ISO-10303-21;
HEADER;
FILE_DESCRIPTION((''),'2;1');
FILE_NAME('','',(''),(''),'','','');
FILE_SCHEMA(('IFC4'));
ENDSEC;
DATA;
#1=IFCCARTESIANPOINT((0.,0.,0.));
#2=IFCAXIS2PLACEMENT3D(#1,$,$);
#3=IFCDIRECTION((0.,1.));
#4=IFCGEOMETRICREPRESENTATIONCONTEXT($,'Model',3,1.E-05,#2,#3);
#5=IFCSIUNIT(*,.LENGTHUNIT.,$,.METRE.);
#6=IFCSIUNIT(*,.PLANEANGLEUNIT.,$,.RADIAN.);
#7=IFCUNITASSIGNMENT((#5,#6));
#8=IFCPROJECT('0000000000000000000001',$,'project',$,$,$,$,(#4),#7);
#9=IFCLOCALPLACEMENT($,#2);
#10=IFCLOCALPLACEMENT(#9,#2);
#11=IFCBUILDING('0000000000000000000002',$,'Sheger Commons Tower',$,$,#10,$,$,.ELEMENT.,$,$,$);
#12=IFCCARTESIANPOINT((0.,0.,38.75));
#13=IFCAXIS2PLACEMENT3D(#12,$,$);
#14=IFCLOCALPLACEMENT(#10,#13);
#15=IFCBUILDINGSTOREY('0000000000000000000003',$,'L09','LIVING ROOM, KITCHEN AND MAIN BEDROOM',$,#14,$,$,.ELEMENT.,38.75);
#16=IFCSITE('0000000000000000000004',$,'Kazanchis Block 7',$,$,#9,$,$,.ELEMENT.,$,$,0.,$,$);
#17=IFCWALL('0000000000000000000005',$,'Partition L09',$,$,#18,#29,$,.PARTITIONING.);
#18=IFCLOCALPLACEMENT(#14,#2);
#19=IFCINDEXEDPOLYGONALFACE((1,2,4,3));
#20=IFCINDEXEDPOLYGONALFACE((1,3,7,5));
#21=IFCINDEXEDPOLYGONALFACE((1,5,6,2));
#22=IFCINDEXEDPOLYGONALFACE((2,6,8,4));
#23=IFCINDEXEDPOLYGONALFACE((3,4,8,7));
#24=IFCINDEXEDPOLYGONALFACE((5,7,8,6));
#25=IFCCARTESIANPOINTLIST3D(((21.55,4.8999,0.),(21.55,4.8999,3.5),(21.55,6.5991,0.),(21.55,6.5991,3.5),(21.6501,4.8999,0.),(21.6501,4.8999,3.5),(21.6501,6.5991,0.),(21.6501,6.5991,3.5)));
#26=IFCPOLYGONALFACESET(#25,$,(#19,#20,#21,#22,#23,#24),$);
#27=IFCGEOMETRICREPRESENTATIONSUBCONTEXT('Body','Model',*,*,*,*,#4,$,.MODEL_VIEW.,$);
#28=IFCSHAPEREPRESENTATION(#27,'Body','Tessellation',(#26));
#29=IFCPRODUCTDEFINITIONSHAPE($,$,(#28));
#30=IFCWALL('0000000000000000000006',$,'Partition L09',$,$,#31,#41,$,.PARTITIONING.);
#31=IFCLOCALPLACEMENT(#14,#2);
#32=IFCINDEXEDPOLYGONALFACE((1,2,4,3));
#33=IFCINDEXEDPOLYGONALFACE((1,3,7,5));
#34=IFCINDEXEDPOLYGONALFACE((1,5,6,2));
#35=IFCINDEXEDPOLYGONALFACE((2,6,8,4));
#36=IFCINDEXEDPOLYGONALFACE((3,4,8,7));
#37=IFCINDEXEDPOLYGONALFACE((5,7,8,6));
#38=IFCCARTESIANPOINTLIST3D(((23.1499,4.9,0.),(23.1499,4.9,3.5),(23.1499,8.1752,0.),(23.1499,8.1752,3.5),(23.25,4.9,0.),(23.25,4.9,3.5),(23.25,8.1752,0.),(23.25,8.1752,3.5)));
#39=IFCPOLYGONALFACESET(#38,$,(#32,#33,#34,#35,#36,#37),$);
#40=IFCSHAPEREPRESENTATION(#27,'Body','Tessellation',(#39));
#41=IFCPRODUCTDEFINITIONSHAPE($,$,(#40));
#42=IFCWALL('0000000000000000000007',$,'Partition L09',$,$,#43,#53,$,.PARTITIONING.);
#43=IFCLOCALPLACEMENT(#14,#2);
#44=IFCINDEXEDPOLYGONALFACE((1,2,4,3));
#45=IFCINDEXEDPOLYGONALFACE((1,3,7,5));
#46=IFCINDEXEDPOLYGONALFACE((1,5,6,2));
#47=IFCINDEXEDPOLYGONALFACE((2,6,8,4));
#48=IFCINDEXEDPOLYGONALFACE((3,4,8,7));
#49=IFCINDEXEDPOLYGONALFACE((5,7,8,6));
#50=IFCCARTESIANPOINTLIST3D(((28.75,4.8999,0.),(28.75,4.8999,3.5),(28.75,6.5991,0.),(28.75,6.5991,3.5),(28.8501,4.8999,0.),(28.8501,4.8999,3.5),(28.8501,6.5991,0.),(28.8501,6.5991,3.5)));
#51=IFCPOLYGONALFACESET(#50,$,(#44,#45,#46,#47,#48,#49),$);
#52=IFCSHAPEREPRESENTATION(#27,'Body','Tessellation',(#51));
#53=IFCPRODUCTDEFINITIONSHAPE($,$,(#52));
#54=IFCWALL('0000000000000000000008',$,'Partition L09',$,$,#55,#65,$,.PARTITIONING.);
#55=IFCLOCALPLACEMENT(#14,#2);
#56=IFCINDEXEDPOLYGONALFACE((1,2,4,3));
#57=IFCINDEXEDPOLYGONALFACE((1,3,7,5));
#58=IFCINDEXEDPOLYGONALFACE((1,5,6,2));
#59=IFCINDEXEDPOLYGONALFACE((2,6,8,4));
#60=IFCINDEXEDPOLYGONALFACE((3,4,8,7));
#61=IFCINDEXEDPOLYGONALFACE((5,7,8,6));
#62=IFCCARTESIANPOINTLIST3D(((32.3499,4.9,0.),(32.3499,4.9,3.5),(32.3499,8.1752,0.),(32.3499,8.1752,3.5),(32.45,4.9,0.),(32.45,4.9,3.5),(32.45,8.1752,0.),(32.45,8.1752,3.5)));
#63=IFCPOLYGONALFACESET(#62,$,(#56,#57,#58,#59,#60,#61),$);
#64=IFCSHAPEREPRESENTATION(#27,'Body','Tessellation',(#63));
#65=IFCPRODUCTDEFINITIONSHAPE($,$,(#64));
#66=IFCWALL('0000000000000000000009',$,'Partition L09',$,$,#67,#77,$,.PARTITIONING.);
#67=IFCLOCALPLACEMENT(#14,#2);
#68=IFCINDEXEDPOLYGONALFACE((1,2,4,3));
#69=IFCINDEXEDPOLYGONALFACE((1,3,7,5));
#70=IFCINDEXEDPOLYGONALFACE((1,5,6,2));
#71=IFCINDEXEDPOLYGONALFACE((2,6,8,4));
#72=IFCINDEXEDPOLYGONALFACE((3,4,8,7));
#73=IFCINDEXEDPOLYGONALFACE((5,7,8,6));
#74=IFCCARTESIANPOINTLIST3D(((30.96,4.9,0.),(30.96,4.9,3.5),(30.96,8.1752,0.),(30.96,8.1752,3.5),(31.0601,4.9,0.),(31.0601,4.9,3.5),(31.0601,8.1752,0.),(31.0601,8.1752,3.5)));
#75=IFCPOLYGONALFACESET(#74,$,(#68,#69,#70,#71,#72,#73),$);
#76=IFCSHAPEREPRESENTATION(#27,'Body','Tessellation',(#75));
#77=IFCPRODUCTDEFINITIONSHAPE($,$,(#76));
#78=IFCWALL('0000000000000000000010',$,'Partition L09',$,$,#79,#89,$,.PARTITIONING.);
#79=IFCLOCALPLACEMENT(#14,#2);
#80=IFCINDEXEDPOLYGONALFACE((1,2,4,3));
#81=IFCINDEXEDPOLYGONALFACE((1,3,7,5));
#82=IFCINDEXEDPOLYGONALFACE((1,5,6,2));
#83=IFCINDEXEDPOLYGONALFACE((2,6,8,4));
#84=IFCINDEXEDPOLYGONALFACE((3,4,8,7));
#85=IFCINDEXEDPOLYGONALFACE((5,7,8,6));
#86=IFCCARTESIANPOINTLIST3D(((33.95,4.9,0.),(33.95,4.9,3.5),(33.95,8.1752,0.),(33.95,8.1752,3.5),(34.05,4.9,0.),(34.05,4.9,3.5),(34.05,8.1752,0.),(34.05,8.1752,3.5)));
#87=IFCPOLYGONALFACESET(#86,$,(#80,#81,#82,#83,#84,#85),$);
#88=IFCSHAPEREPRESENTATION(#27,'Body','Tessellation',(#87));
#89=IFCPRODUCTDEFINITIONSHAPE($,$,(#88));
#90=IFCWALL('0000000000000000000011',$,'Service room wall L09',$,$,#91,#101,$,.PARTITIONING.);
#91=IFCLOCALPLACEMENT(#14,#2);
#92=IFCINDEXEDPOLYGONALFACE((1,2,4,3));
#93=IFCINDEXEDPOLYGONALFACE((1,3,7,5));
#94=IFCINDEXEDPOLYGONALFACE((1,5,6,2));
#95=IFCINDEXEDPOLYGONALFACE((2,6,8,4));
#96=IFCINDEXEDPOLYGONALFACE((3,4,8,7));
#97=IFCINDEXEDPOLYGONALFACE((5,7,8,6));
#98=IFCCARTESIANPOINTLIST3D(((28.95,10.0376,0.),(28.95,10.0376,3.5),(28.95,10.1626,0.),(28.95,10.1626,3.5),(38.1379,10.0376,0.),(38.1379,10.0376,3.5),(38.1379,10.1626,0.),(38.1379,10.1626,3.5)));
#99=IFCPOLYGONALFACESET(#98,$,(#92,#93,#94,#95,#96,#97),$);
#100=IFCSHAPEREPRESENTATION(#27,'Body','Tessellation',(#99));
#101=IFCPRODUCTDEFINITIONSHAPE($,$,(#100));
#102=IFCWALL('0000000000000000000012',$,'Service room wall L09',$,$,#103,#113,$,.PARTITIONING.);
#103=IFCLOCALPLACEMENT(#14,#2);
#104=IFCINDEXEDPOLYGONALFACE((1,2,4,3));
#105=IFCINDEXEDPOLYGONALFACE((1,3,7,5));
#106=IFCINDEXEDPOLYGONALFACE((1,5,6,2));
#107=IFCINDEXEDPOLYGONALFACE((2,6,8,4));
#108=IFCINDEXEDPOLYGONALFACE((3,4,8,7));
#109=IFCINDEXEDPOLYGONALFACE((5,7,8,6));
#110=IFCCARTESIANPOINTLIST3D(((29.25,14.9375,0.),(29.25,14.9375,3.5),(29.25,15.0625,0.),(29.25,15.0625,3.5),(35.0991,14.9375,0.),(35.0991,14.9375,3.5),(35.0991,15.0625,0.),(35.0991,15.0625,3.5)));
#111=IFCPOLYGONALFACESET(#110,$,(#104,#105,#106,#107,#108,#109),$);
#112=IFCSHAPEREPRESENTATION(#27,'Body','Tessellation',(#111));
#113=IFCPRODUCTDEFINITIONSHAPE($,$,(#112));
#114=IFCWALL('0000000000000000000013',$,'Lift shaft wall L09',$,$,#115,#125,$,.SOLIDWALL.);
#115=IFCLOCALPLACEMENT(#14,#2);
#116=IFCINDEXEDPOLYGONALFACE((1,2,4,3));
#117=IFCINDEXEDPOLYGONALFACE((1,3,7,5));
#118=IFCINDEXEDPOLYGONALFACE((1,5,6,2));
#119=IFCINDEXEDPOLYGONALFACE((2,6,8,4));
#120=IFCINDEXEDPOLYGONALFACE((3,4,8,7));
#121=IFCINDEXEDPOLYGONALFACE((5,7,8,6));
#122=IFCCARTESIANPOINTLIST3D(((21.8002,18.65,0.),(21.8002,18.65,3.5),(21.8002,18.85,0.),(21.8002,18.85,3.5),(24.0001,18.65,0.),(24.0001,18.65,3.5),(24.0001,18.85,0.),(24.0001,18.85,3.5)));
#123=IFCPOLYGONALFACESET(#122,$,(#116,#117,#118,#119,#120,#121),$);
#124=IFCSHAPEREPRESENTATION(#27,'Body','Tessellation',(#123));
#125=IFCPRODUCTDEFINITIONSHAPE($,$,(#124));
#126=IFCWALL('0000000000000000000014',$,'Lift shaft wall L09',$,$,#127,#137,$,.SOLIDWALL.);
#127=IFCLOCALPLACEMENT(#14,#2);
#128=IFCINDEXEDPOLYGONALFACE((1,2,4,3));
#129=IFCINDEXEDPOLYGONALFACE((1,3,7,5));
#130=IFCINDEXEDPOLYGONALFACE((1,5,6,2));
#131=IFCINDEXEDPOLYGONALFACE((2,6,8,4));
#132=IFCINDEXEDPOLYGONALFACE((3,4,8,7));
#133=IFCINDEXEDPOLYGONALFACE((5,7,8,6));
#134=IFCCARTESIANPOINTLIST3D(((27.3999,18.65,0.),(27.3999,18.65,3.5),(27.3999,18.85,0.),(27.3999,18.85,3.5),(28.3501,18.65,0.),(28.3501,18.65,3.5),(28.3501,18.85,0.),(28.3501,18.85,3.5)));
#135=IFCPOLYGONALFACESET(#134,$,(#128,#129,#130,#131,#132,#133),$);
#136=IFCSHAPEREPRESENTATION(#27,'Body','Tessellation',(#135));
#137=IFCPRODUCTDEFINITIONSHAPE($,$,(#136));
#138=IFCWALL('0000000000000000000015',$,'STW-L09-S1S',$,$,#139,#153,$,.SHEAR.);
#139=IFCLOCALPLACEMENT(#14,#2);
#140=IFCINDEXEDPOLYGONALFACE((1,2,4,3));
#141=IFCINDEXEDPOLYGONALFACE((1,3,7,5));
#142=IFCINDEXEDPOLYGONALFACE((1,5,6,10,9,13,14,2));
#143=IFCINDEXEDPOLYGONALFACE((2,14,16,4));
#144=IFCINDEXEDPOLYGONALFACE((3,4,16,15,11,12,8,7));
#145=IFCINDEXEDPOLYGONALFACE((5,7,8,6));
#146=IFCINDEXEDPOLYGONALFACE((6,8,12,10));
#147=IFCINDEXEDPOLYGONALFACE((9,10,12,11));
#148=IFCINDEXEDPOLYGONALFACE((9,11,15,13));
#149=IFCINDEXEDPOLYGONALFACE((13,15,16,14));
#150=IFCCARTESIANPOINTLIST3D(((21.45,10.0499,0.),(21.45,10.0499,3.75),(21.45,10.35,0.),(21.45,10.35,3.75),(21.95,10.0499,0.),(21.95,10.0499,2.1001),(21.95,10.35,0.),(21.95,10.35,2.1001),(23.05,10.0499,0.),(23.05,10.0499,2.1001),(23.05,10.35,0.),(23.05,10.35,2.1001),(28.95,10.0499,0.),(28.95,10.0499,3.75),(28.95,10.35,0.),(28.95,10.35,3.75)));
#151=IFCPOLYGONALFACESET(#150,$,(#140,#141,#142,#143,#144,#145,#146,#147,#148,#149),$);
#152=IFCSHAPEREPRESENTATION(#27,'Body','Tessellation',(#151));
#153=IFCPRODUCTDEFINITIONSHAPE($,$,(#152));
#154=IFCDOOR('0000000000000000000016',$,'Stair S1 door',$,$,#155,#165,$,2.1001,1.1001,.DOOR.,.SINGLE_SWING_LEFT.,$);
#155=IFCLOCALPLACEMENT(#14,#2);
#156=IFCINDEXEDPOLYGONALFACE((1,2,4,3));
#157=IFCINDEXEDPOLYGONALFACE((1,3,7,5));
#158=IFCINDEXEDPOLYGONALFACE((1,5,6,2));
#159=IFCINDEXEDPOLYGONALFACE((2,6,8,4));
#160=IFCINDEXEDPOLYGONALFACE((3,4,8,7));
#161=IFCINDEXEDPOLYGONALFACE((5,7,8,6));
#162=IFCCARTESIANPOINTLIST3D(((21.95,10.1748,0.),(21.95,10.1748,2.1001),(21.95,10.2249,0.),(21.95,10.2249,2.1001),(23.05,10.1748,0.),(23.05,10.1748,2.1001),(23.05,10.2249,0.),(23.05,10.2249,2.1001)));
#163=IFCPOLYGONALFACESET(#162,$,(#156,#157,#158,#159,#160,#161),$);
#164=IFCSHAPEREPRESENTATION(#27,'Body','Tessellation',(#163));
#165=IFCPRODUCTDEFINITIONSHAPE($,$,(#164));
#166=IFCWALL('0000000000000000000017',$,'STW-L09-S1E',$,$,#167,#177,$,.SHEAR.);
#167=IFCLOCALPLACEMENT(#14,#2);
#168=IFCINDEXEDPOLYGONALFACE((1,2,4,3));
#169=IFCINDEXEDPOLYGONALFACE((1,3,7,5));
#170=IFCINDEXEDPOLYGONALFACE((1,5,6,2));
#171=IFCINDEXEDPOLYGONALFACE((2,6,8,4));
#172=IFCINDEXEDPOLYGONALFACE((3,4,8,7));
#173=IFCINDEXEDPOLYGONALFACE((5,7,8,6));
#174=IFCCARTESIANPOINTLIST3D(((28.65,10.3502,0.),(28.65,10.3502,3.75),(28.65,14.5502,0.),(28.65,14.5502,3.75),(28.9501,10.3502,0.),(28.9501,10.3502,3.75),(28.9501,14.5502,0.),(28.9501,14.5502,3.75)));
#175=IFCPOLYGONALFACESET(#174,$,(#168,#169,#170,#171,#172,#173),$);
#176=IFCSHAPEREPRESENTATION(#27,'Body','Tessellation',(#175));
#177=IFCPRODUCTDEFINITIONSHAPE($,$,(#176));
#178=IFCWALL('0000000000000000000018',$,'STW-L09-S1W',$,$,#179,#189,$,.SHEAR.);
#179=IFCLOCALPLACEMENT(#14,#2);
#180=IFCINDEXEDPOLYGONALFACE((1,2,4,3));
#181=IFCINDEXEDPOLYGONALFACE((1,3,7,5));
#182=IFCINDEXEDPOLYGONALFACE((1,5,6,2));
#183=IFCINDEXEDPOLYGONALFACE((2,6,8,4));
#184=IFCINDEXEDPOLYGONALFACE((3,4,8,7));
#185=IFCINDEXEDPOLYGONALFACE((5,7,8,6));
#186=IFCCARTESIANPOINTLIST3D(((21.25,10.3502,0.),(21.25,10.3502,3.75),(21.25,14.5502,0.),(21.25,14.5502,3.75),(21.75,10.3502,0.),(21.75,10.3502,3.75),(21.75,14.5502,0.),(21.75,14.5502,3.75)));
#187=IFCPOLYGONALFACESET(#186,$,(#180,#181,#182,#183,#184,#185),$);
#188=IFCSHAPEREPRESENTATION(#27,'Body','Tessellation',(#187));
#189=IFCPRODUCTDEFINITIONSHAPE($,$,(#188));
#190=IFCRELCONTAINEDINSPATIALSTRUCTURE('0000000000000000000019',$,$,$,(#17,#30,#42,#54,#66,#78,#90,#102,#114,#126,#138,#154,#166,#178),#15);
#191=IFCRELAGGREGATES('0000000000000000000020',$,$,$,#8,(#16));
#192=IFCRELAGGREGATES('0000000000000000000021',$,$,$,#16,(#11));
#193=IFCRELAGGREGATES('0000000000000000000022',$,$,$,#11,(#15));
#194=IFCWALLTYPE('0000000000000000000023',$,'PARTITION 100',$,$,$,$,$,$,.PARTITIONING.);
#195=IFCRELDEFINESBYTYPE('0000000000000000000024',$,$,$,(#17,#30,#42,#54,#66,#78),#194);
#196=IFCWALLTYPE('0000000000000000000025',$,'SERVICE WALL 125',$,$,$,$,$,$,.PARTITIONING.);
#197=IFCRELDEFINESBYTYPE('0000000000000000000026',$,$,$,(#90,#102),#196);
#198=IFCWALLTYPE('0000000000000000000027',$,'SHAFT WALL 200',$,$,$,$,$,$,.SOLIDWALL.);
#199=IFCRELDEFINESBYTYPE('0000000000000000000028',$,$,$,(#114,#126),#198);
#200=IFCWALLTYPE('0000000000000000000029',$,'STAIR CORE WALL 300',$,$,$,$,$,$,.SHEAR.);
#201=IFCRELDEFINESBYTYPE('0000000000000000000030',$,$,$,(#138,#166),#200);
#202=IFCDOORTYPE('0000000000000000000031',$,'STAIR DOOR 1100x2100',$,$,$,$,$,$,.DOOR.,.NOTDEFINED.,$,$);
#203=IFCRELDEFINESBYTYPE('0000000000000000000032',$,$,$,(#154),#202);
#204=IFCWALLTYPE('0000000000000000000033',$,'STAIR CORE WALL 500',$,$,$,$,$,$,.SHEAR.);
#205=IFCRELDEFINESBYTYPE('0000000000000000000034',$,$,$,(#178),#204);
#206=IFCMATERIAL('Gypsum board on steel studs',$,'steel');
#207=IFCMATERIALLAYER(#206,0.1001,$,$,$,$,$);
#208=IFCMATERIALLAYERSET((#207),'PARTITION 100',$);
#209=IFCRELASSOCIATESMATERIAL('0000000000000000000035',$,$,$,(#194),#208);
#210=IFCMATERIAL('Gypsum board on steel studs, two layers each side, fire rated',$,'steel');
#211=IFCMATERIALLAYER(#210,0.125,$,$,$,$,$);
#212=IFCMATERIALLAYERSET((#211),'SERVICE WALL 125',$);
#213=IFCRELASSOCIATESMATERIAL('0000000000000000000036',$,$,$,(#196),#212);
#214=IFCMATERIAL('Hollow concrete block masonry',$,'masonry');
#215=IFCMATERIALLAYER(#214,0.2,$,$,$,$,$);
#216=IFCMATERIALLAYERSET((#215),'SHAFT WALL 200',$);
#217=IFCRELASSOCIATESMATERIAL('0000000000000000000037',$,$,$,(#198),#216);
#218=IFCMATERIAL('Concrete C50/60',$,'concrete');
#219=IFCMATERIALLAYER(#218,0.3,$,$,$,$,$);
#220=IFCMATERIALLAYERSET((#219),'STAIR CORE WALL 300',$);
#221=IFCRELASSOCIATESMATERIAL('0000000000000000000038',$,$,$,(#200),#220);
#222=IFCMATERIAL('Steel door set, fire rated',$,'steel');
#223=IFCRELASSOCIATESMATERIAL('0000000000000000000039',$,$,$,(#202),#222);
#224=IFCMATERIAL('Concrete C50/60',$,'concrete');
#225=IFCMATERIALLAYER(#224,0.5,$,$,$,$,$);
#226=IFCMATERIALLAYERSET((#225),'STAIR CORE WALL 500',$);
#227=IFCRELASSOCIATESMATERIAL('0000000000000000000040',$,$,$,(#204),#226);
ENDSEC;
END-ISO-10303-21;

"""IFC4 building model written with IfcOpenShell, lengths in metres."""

from ifc_helpers import new_model, si_unit, direction, frame, frame_2d, origin, place, context, subcontext, project, spatial, rectangle, extrude, material, layer, layer_set, type_object, element, fill, save


model = new_model("IFC4")

# Units and contexts
model_context = context("Model", 3, precision=1e-05, world=origin(), true_north=direction((0.0, 1.0)))
body_context = subcontext(model_context, "Body", "Model", "MODEL_VIEW")
ifc_project = project(units=[si_unit("LENGTHUNIT", "METRE"), si_unit("PLANEANGLEUNIT", "RADIAN")], contexts=[model_context])

# Site, building, storey
site_placement = place(None, origin())
site = spatial("IfcSite", under=ifc_project, at=site_placement, Name="Kazanchis Block 7", CompositionType="ELEMENT", RefElevation=0.0)
building_placement = place(site_placement, origin())
building = spatial("IfcBuilding", under=site, at=building_placement, Name="Sheger Commons Tower", CompositionType="ELEMENT")
storey_placement = place(building_placement, frame((0.0, 0.0, 38.75)))
storey = spatial("IfcBuildingStorey", under=building, at=storey_placement, Name="L09", Description="LIVING ROOM, KITCHEN AND MAIN BEDROOM", CompositionType="ELEMENT", Elevation=38.75)

# Walls
ifc_material_1 = material(Name="Gypsum board on steel studs", Category="steel")
ifc_layer_1 = layer(ifc_material_1, 0.1001)
ifc_layer_set_1 = layer_set([ifc_layer_1], Name="PARTITION 100")
wall_type_1 = type_object("IfcWallType", Name="PARTITION 100", PredefinedType="PARTITIONING", material=ifc_layer_set_1)
wall_1_placement = place(storey_placement, frame((21.6001, 4.8999, 0.0), z_axis=(0.0, 0.0, 1.0), x_axis=(0.0, 1.0, 0.0)))
element("IfcWall", 1, at=wall_1_placement, inside=storey, type_object=wall_type_1, Name="Partition L09", PredefinedType="PARTITIONING", context=body_context, shape_type="SweptSolid", body=[
    extrude(rectangle(XDim=1.6992, YDim=0.1001, at=frame_2d((0.8496, 0.0))), origin(), (0.0, 0.0, 1.0), 3.5),
])
wall_2_placement = place(storey_placement, frame((23.2, 4.8999, 0.0), z_axis=(0.0, 0.0, 1.0), x_axis=(0.0, 1.0, 0.0)))
element("IfcWall", 2, at=wall_2_placement, inside=storey, type_object=wall_type_1, Name="Partition L09", PredefinedType="PARTITIONING", context=body_context, shape_type="SweptSolid", body=[
    extrude(rectangle(XDim=3.2751, YDim=0.1001, at=frame_2d((1.6377, 0.0))), origin(), (0.0, 0.0, 1.0), 3.5),
])
wall_3_placement = place(storey_placement, frame((28.8, 4.8999, 0.0), z_axis=(0.0, 0.0, 1.0), x_axis=(0.0, 1.0, 0.0)))
element("IfcWall", 3, at=wall_3_placement, inside=storey, type_object=wall_type_1, Name="Partition L09", PredefinedType="PARTITIONING", context=body_context, shape_type="SweptSolid", body=[
    extrude(rectangle(XDim=1.6992, YDim=0.1001, at=frame_2d((0.8496, 0.0))), origin(), (0.0, 0.0, 1.0), 3.5),
])
for number, where, z_axis, x_axis, name in (
    (4, (32.3999, 4.8999, 0.0), (0.0, 0.0, 1.0), (0.0, 1.0, 0.0), "Partition L09"),
    (5, (31.01, 4.8999, 0.0), (0.0, 0.0, 1.0), (0.0, 1.0, 0.0), "Partition L09"),
    (6, (34.0, 4.8999, 0.0), (0.0, 0.0, 1.0), (0.0, 1.0, 0.0), "Partition L09"),
):
    element("IfcWall", number, at=place(storey_placement, frame(where, z_axis=z_axis, x_axis=x_axis)), inside=storey, type_object=wall_type_1, Name=name, PredefinedType="PARTITIONING", context=body_context, shape_type="SweptSolid", body=[
        extrude(rectangle(XDim=3.2751, YDim=0.1001, at=frame_2d((1.6377, 0.0))), origin(), (0.0, 0.0, 1.0), 3.5),
    ])
ifc_material_2 = material(Name="Gypsum board on steel studs, two layers each side, fire rated", Category="steel")
ifc_layer_2 = layer(ifc_material_2, 0.125)
ifc_layer_set_2 = layer_set([ifc_layer_2], Name="SERVICE WALL 125")
wall_type_2 = type_object("IfcWallType", Name="SERVICE WALL 125", PredefinedType="PARTITIONING", material=ifc_layer_set_2)
wall_4_placement = place(storey_placement, frame((28.95, 10.1001, 0.0), z_axis=(0.0, 0.0, 1.0), x_axis=(1.0, 0.0, 0.0)))
element("IfcWall", 7, at=wall_4_placement, inside=storey, type_object=wall_type_2, Name="Service room wall L09", PredefinedType="PARTITIONING", context=body_context, shape_type="SweptSolid", body=[
    extrude(rectangle(XDim=9.188, YDim=0.125, at=frame_2d((4.594, 0.0))), origin(), (0.0, 0.0, 1.0), 3.5),
])
wall_5_placement = place(storey_placement, frame((29.25, 15.0, 0.0), z_axis=(0.0, 0.0, 1.0), x_axis=(1.0, 0.0, 0.0)))
element("IfcWall", 8, at=wall_5_placement, inside=storey, type_object=wall_type_2, Name="Service room wall L09", PredefinedType="PARTITIONING", context=body_context, shape_type="SweptSolid", body=[
    extrude(rectangle(XDim=5.8491, YDim=0.125, at=frame_2d((2.9246, 0.0))), origin(), (0.0, 0.0, 1.0), 3.5),
])
ifc_material_3 = material(Name="Hollow concrete block masonry", Category="masonry")
ifc_layer_3 = layer(ifc_material_3, 0.2)
ifc_layer_set_3 = layer_set([ifc_layer_3], Name="SHAFT WALL 200")
wall_type_3 = type_object("IfcWallType", Name="SHAFT WALL 200", PredefinedType="SOLIDWALL", material=ifc_layer_set_3)
wall_6_placement = place(storey_placement, frame((21.8, 18.75, 0.0), z_axis=(0.0, 0.0, 1.0), x_axis=(1.0, 0.0, 0.0)))
element("IfcWall", 9, at=wall_6_placement, inside=storey, type_object=wall_type_3, Name="Lift shaft wall L09", PredefinedType="SOLIDWALL", context=body_context, shape_type="SweptSolid", body=[
    extrude(rectangle(XDim=2.2, YDim=0.2, at=frame_2d((1.1001, 0.0))), origin(), (0.0, 0.0, 1.0), 3.5),
])
wall_7_placement = place(storey_placement, frame((27.3999, 18.75, 0.0), z_axis=(0.0, 0.0, 1.0), x_axis=(1.0, 0.0, 0.0)))
element("IfcWall", 10, at=wall_7_placement, inside=storey, type_object=wall_type_3, Name="Lift shaft wall L09", PredefinedType="SOLIDWALL", context=body_context, shape_type="SweptSolid", body=[
    extrude(rectangle(XDim=0.9502, YDim=0.2, at=frame_2d((0.4751, 0.0))), origin(), (0.0, 0.0, 1.0), 3.5),
])

# Wall, opening, door
ifc_material_4 = material(Name="Concrete C50/60", Category="concrete")
ifc_layer_4 = layer(ifc_material_4, 0.3)
ifc_layer_set_4 = layer_set([ifc_layer_4], Name="STAIR CORE WALL 300")
wall_type_4 = type_object("IfcWallType", Name="STAIR CORE WALL 300", PredefinedType="SHEAR", material=ifc_layer_set_4)
wall_8_placement = place(storey_placement, frame((21.45, 10.2, 0.0), z_axis=(0.0, 0.0, 1.0), x_axis=(1.0, 0.0, 0.0)))
wall_8 = element("IfcWall", 11, at=wall_8_placement, inside=storey, type_object=wall_type_4, Name="STW-L09-S1S", PredefinedType="SHEAR", context=body_context, shape_type="SweptSolid", body=[
    extrude(rectangle(XDim=7.5, YDim=0.3, at=frame_2d((3.75, 0.0))), origin(), (0.0, 0.0, 1.0), 3.75),
])
opening_1_placement = place(wall_8_placement, frame((0.5, 0.0, 0.0)))
opening_1 = element("IfcOpeningElement", 12, at=opening_1_placement, cuts=wall_8, PredefinedType="OPENING", context=body_context, shape_type="SweptSolid", body=[
    extrude(rectangle(XDim=1.1001, YDim=2.1001, at=frame_2d((0.55, 1.05))), frame((0.0, 0.1599, 0.0), z_axis=(0.0, -1.0, 0.0), x_axis=(1.0, 0.0, 0.0)), (0.0, 0.0, 1.0), 0.3201),
])
ifc_material_5 = material(Name="Steel door set, fire rated", Category="steel")
door_type_1 = type_object("IfcDoorType", Name="STAIR DOOR 1100x2100", OperationType="NOTDEFINED", PredefinedType="DOOR", material=ifc_material_5)
door_1_placement = place(opening_1_placement, origin())
door_1 = element("IfcDoor", 13, at=door_1_placement, inside=storey, type_object=door_type_1, Name="Stair S1 door", OperationType="SINGLE_SWING_LEFT", OverallHeight=2.1001, OverallWidth=1.1001, PredefinedType="DOOR", context=body_context, shape_type="SweptSolid", body=[
    extrude(rectangle(XDim=1.1001, YDim=2.1001, at=frame_2d((0.55, 1.05))), frame((0.0, 0.0249, 0.0), z_axis=(0.0, -1.0, 0.0), x_axis=(1.0, 0.0, 0.0)), (0.0, 0.0, 1.0), 0.05),
])
fill(opening_1, door_1)

# Walls
wall_9_placement = place(storey_placement, frame((28.8, 10.3501, 0.0), z_axis=(0.0, 0.0, 1.0), x_axis=(0.0, 1.0, 0.0)))
element("IfcWall", 14, at=wall_9_placement, inside=storey, type_object=wall_type_4, Name="STW-L09-S1E", PredefinedType="SHEAR", context=body_context, shape_type="SweptSolid", body=[
    extrude(rectangle(XDim=4.2, YDim=0.3, at=frame_2d((2.1001, 0.0))), origin(), (0.0, 0.0, 1.0), 3.75),
])
ifc_material_6 = material(Name="Concrete C50/60", Category="concrete")
ifc_layer_5 = layer(ifc_material_6, 0.5)
ifc_layer_set_5 = layer_set([ifc_layer_5], Name="STAIR CORE WALL 500")
wall_type_5 = type_object("IfcWallType", Name="STAIR CORE WALL 500", PredefinedType="SHEAR", material=ifc_layer_set_5)
wall_10_placement = place(storey_placement, frame((21.5, 10.3501, 0.0), z_axis=(0.0, 0.0, 1.0), x_axis=(0.0, 1.0, 0.0)))
element("IfcWall", 15, at=wall_10_placement, inside=storey, type_object=wall_type_5, Name="STW-L09-S1W", PredefinedType="SHEAR", context=body_context, shape_type="SweptSolid", body=[
    extrude(rectangle(XDim=4.2, YDim=0.5, at=frame_2d((2.1001, 0.0))), origin(), (0.0, 0.0, 1.0), 3.75),
])

save(model, "model.ifc")
